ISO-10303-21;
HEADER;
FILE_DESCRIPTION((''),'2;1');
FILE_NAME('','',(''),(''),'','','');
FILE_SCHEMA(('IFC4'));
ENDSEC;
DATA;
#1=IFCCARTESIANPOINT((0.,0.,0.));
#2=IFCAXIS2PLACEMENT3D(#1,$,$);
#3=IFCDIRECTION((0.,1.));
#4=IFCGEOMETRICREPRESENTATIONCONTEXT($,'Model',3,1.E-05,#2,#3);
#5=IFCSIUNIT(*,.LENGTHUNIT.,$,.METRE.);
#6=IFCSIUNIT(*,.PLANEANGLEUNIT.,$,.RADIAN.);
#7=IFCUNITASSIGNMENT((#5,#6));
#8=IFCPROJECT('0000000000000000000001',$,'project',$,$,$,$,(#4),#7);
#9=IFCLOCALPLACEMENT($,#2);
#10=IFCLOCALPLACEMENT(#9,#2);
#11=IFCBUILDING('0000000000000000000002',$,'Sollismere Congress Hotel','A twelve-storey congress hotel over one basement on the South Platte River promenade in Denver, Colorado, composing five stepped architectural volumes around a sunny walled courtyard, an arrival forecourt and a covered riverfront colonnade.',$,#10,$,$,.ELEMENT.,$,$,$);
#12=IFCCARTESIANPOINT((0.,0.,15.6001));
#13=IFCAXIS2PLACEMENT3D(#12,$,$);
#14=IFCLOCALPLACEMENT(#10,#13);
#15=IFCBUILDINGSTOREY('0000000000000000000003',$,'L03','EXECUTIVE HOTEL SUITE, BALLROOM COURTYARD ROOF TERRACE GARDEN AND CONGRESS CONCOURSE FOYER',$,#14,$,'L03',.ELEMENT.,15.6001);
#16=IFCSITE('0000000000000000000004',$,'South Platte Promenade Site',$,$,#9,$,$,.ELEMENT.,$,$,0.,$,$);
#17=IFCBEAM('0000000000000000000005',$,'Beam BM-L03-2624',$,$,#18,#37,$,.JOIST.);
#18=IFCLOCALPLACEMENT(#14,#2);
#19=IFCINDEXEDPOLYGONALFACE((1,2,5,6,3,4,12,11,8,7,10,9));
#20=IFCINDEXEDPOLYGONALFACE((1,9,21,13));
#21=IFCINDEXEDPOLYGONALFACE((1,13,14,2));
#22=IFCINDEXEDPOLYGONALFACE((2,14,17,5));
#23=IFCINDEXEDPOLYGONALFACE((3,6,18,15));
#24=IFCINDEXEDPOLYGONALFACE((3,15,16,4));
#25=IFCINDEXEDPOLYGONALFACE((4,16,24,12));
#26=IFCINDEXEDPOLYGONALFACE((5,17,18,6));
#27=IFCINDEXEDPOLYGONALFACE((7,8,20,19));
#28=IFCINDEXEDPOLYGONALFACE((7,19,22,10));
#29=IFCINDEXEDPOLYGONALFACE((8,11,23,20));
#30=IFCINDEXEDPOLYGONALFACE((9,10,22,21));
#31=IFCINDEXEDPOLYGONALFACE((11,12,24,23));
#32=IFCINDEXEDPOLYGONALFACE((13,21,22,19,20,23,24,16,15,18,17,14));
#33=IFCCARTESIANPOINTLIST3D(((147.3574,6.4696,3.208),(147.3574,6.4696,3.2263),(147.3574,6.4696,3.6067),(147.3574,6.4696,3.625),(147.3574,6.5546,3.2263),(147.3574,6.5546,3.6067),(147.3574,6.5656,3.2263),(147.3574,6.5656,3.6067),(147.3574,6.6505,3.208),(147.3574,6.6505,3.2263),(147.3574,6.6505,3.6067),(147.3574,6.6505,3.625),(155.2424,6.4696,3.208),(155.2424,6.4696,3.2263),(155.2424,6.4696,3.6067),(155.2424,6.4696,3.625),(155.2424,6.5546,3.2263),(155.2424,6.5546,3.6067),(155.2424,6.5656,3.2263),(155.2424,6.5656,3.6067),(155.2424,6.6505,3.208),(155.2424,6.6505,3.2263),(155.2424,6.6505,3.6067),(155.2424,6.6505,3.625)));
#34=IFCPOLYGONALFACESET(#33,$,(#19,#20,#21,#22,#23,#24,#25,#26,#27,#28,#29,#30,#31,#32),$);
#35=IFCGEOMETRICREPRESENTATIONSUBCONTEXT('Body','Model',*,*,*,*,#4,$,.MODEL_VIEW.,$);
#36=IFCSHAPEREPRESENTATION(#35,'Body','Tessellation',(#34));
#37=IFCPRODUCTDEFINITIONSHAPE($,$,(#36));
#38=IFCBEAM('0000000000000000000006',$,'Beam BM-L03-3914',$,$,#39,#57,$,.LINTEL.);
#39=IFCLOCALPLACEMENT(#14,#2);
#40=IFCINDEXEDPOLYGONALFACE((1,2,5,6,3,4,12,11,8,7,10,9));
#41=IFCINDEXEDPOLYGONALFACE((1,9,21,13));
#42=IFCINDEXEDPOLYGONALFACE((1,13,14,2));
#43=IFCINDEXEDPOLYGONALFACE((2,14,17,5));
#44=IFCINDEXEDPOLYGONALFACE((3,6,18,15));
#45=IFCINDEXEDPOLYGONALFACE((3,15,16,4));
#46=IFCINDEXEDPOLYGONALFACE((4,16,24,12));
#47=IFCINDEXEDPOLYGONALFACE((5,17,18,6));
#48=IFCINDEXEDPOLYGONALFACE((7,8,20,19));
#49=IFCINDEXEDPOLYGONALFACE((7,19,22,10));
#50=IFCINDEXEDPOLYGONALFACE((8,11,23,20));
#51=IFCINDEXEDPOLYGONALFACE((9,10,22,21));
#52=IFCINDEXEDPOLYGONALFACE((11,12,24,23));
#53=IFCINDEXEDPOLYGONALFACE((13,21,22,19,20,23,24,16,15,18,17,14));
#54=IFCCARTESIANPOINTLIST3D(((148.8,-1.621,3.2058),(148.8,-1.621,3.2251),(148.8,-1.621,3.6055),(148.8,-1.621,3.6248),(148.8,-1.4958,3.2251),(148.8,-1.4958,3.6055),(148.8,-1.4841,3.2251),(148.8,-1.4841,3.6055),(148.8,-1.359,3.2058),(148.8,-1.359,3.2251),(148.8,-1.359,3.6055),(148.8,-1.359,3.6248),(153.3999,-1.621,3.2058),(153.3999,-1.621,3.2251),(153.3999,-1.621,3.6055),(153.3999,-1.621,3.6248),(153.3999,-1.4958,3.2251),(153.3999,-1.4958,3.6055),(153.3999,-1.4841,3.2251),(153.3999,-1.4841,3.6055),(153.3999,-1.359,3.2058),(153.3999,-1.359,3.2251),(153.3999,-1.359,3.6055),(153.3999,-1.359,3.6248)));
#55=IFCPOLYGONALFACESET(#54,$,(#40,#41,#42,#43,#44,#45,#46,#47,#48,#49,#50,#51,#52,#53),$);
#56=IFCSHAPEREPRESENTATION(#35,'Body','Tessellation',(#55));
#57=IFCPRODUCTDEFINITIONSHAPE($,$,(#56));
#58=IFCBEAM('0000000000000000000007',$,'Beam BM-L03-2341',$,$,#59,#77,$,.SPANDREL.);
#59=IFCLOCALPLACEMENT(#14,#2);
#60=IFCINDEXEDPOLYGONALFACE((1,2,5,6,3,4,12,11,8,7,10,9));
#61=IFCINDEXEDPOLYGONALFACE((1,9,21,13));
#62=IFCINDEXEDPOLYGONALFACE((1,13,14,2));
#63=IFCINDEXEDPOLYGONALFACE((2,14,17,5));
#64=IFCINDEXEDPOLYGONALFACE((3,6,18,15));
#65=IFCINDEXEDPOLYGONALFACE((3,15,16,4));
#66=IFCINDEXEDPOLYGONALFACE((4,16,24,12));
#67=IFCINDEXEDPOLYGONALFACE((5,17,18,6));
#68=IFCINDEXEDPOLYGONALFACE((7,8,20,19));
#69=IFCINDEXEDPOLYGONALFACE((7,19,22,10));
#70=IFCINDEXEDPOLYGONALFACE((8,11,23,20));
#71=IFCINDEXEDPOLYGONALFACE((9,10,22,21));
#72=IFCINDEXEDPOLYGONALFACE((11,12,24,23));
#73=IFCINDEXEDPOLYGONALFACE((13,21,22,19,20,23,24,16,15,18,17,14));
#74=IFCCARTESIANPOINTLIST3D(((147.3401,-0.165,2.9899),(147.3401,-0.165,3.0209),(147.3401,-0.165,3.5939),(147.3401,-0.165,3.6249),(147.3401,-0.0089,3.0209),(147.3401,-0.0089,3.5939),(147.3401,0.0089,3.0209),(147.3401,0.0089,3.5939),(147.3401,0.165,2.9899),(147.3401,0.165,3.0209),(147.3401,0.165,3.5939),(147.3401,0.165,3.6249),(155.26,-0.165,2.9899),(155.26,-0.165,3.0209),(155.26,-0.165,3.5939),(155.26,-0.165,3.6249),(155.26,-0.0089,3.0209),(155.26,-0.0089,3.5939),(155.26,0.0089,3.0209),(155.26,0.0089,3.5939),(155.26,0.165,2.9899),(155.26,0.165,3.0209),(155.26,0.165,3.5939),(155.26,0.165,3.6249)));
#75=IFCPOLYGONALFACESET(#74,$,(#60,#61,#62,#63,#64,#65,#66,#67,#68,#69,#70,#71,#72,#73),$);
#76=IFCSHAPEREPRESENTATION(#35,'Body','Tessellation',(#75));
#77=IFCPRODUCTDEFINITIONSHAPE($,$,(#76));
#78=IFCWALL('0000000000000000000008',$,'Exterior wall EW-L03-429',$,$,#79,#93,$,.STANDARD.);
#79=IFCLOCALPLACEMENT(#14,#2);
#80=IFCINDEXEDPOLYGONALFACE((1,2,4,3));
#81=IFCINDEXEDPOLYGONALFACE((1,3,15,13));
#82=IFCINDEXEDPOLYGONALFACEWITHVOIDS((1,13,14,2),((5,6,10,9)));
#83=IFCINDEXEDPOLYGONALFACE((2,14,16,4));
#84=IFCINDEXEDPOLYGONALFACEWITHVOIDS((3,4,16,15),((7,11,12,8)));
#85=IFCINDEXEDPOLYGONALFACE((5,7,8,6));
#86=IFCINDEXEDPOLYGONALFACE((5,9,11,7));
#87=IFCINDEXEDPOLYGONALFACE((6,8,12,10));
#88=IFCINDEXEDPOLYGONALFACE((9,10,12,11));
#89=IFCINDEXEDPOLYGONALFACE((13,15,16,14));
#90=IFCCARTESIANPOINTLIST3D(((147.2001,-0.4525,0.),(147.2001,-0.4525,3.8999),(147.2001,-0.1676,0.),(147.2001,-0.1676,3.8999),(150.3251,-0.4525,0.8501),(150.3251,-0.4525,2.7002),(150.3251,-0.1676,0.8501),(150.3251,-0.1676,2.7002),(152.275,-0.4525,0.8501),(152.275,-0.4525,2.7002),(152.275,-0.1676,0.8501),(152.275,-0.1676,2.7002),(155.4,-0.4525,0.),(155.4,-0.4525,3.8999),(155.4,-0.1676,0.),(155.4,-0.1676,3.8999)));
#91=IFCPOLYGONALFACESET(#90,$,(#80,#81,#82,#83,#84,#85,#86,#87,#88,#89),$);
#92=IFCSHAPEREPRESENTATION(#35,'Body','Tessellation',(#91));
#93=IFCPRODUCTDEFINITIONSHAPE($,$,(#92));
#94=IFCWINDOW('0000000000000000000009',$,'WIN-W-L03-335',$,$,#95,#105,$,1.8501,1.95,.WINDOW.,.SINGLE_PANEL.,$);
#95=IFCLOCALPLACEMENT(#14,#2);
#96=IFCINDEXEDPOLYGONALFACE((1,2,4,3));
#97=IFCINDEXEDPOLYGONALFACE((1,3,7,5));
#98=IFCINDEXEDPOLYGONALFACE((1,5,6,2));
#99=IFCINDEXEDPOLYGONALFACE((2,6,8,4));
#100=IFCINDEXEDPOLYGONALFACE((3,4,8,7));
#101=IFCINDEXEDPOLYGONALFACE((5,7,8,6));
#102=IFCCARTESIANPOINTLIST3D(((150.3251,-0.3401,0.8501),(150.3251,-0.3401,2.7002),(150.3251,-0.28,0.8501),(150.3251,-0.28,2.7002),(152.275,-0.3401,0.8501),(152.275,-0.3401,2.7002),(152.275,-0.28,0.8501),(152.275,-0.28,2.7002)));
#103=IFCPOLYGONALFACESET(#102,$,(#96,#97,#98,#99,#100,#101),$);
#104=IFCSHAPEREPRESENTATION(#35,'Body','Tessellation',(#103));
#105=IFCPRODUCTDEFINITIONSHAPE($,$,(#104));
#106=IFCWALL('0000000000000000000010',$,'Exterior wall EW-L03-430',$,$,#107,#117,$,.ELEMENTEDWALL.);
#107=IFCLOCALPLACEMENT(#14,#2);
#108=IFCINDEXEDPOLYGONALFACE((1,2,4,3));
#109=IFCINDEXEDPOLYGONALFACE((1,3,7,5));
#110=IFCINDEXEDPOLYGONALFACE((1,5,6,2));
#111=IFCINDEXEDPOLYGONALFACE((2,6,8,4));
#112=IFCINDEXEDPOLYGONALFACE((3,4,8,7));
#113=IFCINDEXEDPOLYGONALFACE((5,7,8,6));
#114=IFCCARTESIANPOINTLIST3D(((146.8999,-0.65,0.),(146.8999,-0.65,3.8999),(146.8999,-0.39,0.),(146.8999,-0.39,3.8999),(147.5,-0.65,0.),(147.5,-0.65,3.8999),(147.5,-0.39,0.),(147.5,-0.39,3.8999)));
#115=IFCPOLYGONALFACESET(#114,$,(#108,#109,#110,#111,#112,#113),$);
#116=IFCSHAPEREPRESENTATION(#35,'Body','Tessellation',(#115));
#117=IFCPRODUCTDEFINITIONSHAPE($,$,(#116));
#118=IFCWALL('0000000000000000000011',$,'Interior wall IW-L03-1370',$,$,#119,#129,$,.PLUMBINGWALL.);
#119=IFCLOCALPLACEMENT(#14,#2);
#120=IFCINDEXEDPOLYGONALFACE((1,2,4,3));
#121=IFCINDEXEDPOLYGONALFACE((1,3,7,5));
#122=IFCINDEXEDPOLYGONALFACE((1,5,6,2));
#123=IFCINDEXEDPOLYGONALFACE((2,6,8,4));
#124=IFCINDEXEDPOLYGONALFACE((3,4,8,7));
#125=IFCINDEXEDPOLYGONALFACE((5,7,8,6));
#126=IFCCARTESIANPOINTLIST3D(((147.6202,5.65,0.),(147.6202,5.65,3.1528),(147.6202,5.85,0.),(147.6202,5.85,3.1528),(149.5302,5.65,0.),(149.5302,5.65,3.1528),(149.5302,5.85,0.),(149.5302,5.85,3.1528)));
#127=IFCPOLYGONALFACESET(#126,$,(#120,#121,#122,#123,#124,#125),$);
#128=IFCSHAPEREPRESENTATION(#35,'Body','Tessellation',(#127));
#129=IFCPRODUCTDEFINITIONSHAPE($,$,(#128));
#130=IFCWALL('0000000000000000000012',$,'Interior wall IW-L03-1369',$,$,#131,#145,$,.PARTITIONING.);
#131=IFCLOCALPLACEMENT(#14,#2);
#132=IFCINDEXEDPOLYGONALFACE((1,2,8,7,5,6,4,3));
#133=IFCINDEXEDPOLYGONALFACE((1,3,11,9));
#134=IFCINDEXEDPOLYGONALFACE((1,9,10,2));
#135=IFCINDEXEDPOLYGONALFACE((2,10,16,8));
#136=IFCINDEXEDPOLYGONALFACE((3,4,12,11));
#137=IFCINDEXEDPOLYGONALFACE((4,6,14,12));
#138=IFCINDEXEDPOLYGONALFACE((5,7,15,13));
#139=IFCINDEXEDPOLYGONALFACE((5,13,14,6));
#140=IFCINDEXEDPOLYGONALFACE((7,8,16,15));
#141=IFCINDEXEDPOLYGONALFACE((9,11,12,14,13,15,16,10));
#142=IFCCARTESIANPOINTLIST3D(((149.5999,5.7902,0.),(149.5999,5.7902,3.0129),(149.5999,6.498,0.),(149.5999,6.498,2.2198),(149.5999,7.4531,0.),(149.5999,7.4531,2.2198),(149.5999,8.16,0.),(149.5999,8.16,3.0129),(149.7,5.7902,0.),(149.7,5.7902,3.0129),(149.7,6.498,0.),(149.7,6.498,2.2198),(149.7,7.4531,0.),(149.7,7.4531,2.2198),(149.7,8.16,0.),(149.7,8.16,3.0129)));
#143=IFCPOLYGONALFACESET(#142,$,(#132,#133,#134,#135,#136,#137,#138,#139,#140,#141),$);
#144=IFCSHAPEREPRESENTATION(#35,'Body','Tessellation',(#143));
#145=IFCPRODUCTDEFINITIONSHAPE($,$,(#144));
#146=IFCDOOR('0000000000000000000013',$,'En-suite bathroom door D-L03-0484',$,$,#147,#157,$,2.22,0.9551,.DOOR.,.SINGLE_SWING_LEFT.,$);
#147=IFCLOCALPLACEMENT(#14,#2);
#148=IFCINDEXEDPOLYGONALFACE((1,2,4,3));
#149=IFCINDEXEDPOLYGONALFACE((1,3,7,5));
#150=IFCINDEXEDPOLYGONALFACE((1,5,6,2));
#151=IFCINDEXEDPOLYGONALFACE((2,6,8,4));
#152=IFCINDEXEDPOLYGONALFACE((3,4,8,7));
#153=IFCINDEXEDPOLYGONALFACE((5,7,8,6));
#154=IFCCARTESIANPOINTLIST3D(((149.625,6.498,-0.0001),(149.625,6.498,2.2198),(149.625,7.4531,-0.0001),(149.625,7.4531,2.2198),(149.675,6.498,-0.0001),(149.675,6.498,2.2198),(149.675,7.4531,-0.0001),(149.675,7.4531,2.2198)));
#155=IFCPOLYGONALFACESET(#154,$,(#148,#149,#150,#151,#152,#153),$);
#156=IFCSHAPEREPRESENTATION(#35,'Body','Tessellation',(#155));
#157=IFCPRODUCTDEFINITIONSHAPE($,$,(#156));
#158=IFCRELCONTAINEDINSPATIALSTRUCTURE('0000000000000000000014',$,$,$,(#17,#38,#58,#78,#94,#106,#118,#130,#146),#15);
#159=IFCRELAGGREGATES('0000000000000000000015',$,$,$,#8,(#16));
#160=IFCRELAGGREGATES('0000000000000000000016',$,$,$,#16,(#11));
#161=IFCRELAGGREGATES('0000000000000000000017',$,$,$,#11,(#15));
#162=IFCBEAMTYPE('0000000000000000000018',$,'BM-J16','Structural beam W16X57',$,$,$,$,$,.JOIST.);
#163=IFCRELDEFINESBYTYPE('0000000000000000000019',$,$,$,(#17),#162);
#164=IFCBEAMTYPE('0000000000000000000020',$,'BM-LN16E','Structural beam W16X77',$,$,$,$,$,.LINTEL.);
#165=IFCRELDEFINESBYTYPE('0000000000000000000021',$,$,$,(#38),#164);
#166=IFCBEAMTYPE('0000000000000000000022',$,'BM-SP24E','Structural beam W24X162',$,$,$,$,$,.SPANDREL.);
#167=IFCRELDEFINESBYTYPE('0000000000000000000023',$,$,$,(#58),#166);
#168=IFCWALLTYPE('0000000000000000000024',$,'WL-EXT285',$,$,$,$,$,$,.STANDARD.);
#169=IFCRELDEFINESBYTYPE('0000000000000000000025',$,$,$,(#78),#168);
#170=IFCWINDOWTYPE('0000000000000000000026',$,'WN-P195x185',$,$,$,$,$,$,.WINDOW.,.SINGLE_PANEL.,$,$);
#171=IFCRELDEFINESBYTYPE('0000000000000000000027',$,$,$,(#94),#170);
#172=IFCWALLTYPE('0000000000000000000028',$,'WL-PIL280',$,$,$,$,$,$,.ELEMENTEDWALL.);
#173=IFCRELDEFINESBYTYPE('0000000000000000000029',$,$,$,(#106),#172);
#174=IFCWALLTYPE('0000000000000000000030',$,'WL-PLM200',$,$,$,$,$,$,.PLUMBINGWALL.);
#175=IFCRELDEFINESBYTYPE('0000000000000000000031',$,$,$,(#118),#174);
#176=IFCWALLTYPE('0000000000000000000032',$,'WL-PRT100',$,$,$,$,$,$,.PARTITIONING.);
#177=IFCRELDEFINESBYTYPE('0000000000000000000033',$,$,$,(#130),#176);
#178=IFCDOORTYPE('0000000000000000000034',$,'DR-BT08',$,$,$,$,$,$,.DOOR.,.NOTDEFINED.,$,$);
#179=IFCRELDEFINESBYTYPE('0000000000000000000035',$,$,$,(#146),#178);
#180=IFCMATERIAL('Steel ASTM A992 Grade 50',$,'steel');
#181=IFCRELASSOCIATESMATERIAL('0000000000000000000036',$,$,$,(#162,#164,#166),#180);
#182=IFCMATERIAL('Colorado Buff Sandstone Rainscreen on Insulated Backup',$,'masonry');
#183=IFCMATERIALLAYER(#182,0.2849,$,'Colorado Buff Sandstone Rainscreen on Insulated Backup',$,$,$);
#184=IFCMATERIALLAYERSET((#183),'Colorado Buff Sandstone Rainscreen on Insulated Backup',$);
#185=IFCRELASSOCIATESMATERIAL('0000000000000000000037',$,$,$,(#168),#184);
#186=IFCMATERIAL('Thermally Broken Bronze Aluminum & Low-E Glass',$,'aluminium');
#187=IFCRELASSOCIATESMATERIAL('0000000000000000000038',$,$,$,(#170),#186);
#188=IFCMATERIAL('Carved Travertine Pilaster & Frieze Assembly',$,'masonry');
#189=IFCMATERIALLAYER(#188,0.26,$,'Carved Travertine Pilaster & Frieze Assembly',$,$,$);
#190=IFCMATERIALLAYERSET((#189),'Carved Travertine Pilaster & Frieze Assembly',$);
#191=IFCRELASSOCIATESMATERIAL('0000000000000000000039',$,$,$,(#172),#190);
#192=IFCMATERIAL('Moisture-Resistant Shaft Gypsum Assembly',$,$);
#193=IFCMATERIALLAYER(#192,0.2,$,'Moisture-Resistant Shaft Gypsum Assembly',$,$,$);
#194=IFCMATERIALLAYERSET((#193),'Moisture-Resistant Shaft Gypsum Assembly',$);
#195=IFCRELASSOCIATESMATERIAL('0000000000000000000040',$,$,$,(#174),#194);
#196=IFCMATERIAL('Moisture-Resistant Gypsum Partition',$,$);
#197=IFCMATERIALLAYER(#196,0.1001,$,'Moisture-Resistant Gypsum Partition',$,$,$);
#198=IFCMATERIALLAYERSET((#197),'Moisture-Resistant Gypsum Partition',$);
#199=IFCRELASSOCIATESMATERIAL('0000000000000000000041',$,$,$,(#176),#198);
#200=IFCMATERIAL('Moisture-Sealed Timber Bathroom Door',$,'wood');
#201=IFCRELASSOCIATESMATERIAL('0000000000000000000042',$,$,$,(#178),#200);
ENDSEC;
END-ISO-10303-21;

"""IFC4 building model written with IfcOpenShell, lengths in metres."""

from ifc_helpers import new_model, si_unit, direction, frame, frame_2d, origin, origin_2d, place, context, subcontext, project, spatial, rectangle, i_section, extrude, material, layer, layer_set, material_profile, profile_set, type_object, element, fill, save


model = new_model("IFC4")

# Units and contexts
model_context = context("Model", 3, precision=1e-05, world=origin(), true_north=direction((0.0, 1.0)))
body_context = subcontext(model_context, "Body", "Model", "MODEL_VIEW")
ifc_project = project(units=[si_unit("LENGTHUNIT", "METRE"), si_unit("PLANEANGLEUNIT", "RADIAN")], contexts=[model_context])

# Site, building, storey
site_placement = place(None, origin())
site = spatial("IfcSite", under=ifc_project, at=site_placement, Name="South Platte Promenade Site", CompositionType="ELEMENT", RefElevation=0.0)
building_placement = place(site_placement, origin())
building = spatial("IfcBuilding", under=site, at=building_placement, Name="Sollismere Congress Hotel", Description="A twelve-storey congress hotel over one basement on the South Platte River promenade in Denver, Colorado, composing five stepped architectural volumes around a sunny walled courtyard, an arrival forecourt and a covered riverfront colonnade.", CompositionType="ELEMENT")
storey_placement = place(building_placement, frame((0.0, 0.0, 15.6001)))
storey = spatial("IfcBuildingStorey", under=building, at=storey_placement, Name="L03", Description="EXECUTIVE HOTEL SUITE, BALLROOM COURTYARD ROOF TERRACE GARDEN AND CONGRESS CONCOURSE FOYER", LongName="L03", CompositionType="ELEMENT", Elevation=15.6001)

# Shared definitions
ifc_material_1 = material(Name="Steel ASTM A992 Grade 50", Category="steel")

# Beams
ifc_material_profile_1 = material_profile(ifc_material_1, i_section(OverallWidth=0.1809, OverallDepth=0.417, WebThickness=0.011, FlangeThickness=0.0183, at=origin_2d()), Name="W16X57")
ifc_profile_set_1 = profile_set([ifc_material_profile_1], Name="Steel ASTM A992 Grade 50")
beam_type_1 = type_object("IfcBeamType", Name="BM-J16", Description="Structural beam W16X57", PredefinedType="JOIST", material=ifc_profile_set_1)
for number, where, z_axis, x_axis, name in (
    (1, (147.3574, 6.5601, 3.4165), (1.0, 0.0, 0.0), (0.0, 1.0, 0.0), "Beam BM-L03-2624"),
):
    element("IfcBeam", number, at=place(storey_placement, frame(where, z_axis=z_axis, x_axis=x_axis)), inside=storey, type_object=beam_type_1, Name=name, PredefinedType="JOIST", context=body_context, shape_type="SweptSolid", body=[
        extrude(i_section(OverallWidth=0.1809, OverallDepth=0.417, WebThickness=0.011, FlangeThickness=0.0183, at=origin_2d()), origin(), (0.0, 0.0, 1.0), 7.885),
    ])
ifc_material_profile_2 = material_profile(ifc_material_1, i_section(OverallWidth=0.262, OverallDepth=0.4189, WebThickness=0.0117, FlangeThickness=0.0193, at=origin_2d()), Name="W16X77")
ifc_profile_set_2 = profile_set([ifc_material_profile_2], Name="Steel ASTM A992 Grade 50")
beam_type_2 = type_object("IfcBeamType", Name="BM-LN16E", Description="Structural beam W16X77", PredefinedType="LINTEL", material=ifc_profile_set_2)
beam_1_placement = place(storey_placement, frame((148.8, -1.49, 3.4153), z_axis=(1.0, 0.0, 0.0), x_axis=(0.0, 1.0, 0.0)))
element("IfcBeam", 2, at=beam_1_placement, inside=storey, type_object=beam_type_2, Name="Beam BM-L03-3914", PredefinedType="LINTEL", context=body_context, shape_type="SweptSolid", body=[
    extrude(i_section(OverallWidth=0.262, OverallDepth=0.4189, WebThickness=0.0117, FlangeThickness=0.0193, at=origin_2d()), origin(), (0.0, 0.0, 1.0), 4.5999),
])
ifc_material_profile_3 = material_profile(ifc_material_1, i_section(OverallWidth=0.3301, OverallDepth=0.635, WebThickness=0.0178, FlangeThickness=0.031, at=origin_2d()), Name="W24X162")
ifc_profile_set_3 = profile_set([ifc_material_profile_3], Name="Steel ASTM A992 Grade 50")
beam_type_3 = type_object("IfcBeamType", Name="BM-SP24E", Description="Structural beam W24X162", PredefinedType="SPANDREL", material=ifc_profile_set_3)
beam_2_placement = place(storey_placement, frame((147.3401, 0.0, 3.3074), z_axis=(1.0, 0.0, 0.0), x_axis=(0.0, 1.0, 0.0)))
element("IfcBeam", 3, at=beam_2_placement, inside=storey, type_object=beam_type_3, Name="Beam BM-L03-2341", PredefinedType="SPANDREL", context=body_context, shape_type="SweptSolid", body=[
    extrude(i_section(OverallWidth=0.3301, OverallDepth=0.635, WebThickness=0.0178, FlangeThickness=0.031, at=origin_2d()), origin(), (0.0, 0.0, 1.0), 7.9199),
])

# Wall, opening, window
ifc_material_2 = material(Name="Colorado Buff Sandstone Rainscreen on Insulated Backup", Category="masonry")
ifc_layer_1 = layer(ifc_material_2, 0.2849, Name="Colorado Buff Sandstone Rainscreen on Insulated Backup")
ifc_layer_set_1 = layer_set([ifc_layer_1], Name="Colorado Buff Sandstone Rainscreen on Insulated Backup")
wall_type_1 = type_object("IfcWallType", Name="WL-EXT285", PredefinedType="STANDARD", material=ifc_layer_set_1)
wall_1_placement = place(storey_placement, frame((147.2, -0.3101, 0.0), z_axis=(0.0, 0.0, 1.0), x_axis=(1.0, 0.0, 0.0)))
wall_1 = element("IfcWall", 4, at=wall_1_placement, inside=storey, type_object=wall_type_1, Name="Exterior wall EW-L03-429", PredefinedType="STANDARD", context=body_context, shape_type="SweptSolid", body=[
    extrude(rectangle(XDim=8.2, YDim=0.2849, at=frame_2d((4.1001, 0.0))), origin(), (0.0, 0.0, 1.0), 3.8999),
])
opening_1_placement = place(wall_1_placement, frame((3.125, 0.0, 0.8501)))
opening_1 = element("IfcOpeningElement", 5, at=opening_1_placement, cuts=wall_1, PredefinedType="OPENING", context=body_context, shape_type="SweptSolid", body=[
    extrude(rectangle(XDim=1.95, YDim=1.8501, at=frame_2d((0.9751, 0.925))), frame((0.0, 0.1523, 0.0), z_axis=(0.0, -1.0, 0.0), x_axis=(1.0, 0.0, 0.0)), (0.0, 0.0, 1.0), 0.3049),
])
ifc_material_3 = material(Name="Thermally Broken Bronze Aluminum & Low-E Glass", Category="aluminium")
window_type = type_object("IfcWindowType", Name="WN-P195x185", PartitioningType="SINGLE_PANEL", PredefinedType="WINDOW", material=ifc_material_3)
window_placement = place(opening_1_placement, origin())
window = element("IfcWindow", 6, at=window_placement, inside=storey, type_object=window_type, Name="WIN-W-L03-335", OverallHeight=1.8501, OverallWidth=1.95, PartitioningType="SINGLE_PANEL", PredefinedType="WINDOW", context=body_context, shape_type="SweptSolid", body=[
    extrude(rectangle(XDim=1.95, YDim=1.8501, at=frame_2d((0.9751, 0.925))), frame((0.0, 0.03, 0.0), z_axis=(0.0, -1.0, 0.0), x_axis=(1.0, 0.0, 0.0)), (0.0, 0.0, 1.0), 0.0601),
])
fill(opening_1, window)

# Walls
ifc_material_4 = material(Name="Carved Travertine Pilaster & Frieze Assembly", Category="masonry")
ifc_layer_2 = layer(ifc_material_4, 0.26, Name="Carved Travertine Pilaster & Frieze Assembly")
ifc_layer_set_2 = layer_set([ifc_layer_2], Name="Carved Travertine Pilaster & Frieze Assembly")
wall_type_2 = type_object("IfcWallType", Name="WL-PIL280", PredefinedType="ELEMENTEDWALL", material=ifc_layer_set_2)
wall_2_placement = place(storey_placement, frame((146.8999, -0.52, 0.0), z_axis=(0.0, 0.0, 1.0), x_axis=(1.0, 0.0, 0.0)))
element("IfcWall", 7, at=wall_2_placement, inside=storey, type_object=wall_type_2, Name="Exterior wall EW-L03-430", PredefinedType="ELEMENTEDWALL", context=body_context, shape_type="SweptSolid", body=[
    extrude(rectangle(XDim=0.6001, YDim=0.26, at=frame_2d((0.3, 0.0))), origin(), (0.0, 0.0, 1.0), 3.8999),
])
ifc_material_5 = material(Name="Moisture-Resistant Shaft Gypsum Assembly")
ifc_layer_3 = layer(ifc_material_5, 0.2, Name="Moisture-Resistant Shaft Gypsum Assembly")
ifc_layer_set_3 = layer_set([ifc_layer_3], Name="Moisture-Resistant Shaft Gypsum Assembly")
wall_type_3 = type_object("IfcWallType", Name="WL-PLM200", PredefinedType="PLUMBINGWALL", material=ifc_layer_set_3)
wall_3_placement = place(storey_placement, frame((147.6201, 5.75, 0.0), z_axis=(0.0, 0.0, 1.0), x_axis=(1.0, 0.0, 0.0)))
element("IfcWall", 8, at=wall_3_placement, inside=storey, type_object=wall_type_3, Name="Interior wall IW-L03-1370", PredefinedType="PLUMBINGWALL", context=body_context, shape_type="SweptSolid", body=[
    extrude(rectangle(XDim=1.9099, YDim=0.2, at=frame_2d((0.9551, 0.0))), origin(), (0.0, 0.0, 1.0), 3.1528),
])

# Wall, opening, door
ifc_material_6 = material(Name="Moisture-Resistant Gypsum Partition")
ifc_layer_4 = layer(ifc_material_6, 0.1001, Name="Moisture-Resistant Gypsum Partition")
ifc_layer_set_4 = layer_set([ifc_layer_4], Name="Moisture-Resistant Gypsum Partition")
wall_type_4 = type_object("IfcWallType", Name="WL-PRT100", PredefinedType="PARTITIONING", material=ifc_layer_set_4)
wall_4_placement = place(storey_placement, frame((149.6499, 5.79, 0.0), z_axis=(0.0, 0.0, 1.0), x_axis=(0.0, 1.0, 0.0)))
wall_4 = element("IfcWall", 9, at=wall_4_placement, inside=storey, type_object=wall_type_4, Name="Interior wall IW-L03-1369", PredefinedType="PARTITIONING", context=body_context, shape_type="SweptSolid", body=[
    extrude(rectangle(XDim=2.3699, YDim=0.1001, at=frame_2d((1.1851, 0.0))), origin(), (0.0, 0.0, 1.0), 3.0129),
])
opening_2_placement = place(wall_4_placement, frame((0.708, 0.0, 0.0)))
opening_2 = element("IfcOpeningElement", 10, at=opening_2_placement, cuts=wall_4, PredefinedType="OPENING", context=body_context, shape_type="SweptSolid", body=[
    extrude(rectangle(XDim=0.9551, YDim=2.22, at=frame_2d((0.4775, 1.1099))), frame((0.0, 0.0601, 0.0), z_axis=(0.0, -1.0, 0.0), x_axis=(1.0, 0.0, 0.0)), (0.0, 0.0, 1.0), 0.1201),
])
ifc_material_7 = material(Name="Moisture-Sealed Timber Bathroom Door", Category="wood")
door_type = type_object("IfcDoorType", Name="DR-BT08", OperationType="NOTDEFINED", PredefinedType="DOOR", material=ifc_material_7)
door_placement = place(opening_2_placement, origin())
door = element("IfcDoor", 11, at=door_placement, inside=storey, type_object=door_type, Name="En-suite bathroom door D-L03-0484", OperationType="SINGLE_SWING_LEFT", OverallHeight=2.22, OverallWidth=0.9551, PredefinedType="DOOR", context=body_context, shape_type="SweptSolid", body=[
    extrude(rectangle(XDim=0.9551, YDim=2.22, at=frame_2d((0.4775, 1.1099))), frame((0.0, 0.0249, 0.0), z_axis=(0.0, -1.0, 0.0), x_axis=(1.0, 0.0, 0.0)), (0.0, 0.0, 1.0), 0.05),
])
fill(opening_2, door)

save(model, "model.ifc")
